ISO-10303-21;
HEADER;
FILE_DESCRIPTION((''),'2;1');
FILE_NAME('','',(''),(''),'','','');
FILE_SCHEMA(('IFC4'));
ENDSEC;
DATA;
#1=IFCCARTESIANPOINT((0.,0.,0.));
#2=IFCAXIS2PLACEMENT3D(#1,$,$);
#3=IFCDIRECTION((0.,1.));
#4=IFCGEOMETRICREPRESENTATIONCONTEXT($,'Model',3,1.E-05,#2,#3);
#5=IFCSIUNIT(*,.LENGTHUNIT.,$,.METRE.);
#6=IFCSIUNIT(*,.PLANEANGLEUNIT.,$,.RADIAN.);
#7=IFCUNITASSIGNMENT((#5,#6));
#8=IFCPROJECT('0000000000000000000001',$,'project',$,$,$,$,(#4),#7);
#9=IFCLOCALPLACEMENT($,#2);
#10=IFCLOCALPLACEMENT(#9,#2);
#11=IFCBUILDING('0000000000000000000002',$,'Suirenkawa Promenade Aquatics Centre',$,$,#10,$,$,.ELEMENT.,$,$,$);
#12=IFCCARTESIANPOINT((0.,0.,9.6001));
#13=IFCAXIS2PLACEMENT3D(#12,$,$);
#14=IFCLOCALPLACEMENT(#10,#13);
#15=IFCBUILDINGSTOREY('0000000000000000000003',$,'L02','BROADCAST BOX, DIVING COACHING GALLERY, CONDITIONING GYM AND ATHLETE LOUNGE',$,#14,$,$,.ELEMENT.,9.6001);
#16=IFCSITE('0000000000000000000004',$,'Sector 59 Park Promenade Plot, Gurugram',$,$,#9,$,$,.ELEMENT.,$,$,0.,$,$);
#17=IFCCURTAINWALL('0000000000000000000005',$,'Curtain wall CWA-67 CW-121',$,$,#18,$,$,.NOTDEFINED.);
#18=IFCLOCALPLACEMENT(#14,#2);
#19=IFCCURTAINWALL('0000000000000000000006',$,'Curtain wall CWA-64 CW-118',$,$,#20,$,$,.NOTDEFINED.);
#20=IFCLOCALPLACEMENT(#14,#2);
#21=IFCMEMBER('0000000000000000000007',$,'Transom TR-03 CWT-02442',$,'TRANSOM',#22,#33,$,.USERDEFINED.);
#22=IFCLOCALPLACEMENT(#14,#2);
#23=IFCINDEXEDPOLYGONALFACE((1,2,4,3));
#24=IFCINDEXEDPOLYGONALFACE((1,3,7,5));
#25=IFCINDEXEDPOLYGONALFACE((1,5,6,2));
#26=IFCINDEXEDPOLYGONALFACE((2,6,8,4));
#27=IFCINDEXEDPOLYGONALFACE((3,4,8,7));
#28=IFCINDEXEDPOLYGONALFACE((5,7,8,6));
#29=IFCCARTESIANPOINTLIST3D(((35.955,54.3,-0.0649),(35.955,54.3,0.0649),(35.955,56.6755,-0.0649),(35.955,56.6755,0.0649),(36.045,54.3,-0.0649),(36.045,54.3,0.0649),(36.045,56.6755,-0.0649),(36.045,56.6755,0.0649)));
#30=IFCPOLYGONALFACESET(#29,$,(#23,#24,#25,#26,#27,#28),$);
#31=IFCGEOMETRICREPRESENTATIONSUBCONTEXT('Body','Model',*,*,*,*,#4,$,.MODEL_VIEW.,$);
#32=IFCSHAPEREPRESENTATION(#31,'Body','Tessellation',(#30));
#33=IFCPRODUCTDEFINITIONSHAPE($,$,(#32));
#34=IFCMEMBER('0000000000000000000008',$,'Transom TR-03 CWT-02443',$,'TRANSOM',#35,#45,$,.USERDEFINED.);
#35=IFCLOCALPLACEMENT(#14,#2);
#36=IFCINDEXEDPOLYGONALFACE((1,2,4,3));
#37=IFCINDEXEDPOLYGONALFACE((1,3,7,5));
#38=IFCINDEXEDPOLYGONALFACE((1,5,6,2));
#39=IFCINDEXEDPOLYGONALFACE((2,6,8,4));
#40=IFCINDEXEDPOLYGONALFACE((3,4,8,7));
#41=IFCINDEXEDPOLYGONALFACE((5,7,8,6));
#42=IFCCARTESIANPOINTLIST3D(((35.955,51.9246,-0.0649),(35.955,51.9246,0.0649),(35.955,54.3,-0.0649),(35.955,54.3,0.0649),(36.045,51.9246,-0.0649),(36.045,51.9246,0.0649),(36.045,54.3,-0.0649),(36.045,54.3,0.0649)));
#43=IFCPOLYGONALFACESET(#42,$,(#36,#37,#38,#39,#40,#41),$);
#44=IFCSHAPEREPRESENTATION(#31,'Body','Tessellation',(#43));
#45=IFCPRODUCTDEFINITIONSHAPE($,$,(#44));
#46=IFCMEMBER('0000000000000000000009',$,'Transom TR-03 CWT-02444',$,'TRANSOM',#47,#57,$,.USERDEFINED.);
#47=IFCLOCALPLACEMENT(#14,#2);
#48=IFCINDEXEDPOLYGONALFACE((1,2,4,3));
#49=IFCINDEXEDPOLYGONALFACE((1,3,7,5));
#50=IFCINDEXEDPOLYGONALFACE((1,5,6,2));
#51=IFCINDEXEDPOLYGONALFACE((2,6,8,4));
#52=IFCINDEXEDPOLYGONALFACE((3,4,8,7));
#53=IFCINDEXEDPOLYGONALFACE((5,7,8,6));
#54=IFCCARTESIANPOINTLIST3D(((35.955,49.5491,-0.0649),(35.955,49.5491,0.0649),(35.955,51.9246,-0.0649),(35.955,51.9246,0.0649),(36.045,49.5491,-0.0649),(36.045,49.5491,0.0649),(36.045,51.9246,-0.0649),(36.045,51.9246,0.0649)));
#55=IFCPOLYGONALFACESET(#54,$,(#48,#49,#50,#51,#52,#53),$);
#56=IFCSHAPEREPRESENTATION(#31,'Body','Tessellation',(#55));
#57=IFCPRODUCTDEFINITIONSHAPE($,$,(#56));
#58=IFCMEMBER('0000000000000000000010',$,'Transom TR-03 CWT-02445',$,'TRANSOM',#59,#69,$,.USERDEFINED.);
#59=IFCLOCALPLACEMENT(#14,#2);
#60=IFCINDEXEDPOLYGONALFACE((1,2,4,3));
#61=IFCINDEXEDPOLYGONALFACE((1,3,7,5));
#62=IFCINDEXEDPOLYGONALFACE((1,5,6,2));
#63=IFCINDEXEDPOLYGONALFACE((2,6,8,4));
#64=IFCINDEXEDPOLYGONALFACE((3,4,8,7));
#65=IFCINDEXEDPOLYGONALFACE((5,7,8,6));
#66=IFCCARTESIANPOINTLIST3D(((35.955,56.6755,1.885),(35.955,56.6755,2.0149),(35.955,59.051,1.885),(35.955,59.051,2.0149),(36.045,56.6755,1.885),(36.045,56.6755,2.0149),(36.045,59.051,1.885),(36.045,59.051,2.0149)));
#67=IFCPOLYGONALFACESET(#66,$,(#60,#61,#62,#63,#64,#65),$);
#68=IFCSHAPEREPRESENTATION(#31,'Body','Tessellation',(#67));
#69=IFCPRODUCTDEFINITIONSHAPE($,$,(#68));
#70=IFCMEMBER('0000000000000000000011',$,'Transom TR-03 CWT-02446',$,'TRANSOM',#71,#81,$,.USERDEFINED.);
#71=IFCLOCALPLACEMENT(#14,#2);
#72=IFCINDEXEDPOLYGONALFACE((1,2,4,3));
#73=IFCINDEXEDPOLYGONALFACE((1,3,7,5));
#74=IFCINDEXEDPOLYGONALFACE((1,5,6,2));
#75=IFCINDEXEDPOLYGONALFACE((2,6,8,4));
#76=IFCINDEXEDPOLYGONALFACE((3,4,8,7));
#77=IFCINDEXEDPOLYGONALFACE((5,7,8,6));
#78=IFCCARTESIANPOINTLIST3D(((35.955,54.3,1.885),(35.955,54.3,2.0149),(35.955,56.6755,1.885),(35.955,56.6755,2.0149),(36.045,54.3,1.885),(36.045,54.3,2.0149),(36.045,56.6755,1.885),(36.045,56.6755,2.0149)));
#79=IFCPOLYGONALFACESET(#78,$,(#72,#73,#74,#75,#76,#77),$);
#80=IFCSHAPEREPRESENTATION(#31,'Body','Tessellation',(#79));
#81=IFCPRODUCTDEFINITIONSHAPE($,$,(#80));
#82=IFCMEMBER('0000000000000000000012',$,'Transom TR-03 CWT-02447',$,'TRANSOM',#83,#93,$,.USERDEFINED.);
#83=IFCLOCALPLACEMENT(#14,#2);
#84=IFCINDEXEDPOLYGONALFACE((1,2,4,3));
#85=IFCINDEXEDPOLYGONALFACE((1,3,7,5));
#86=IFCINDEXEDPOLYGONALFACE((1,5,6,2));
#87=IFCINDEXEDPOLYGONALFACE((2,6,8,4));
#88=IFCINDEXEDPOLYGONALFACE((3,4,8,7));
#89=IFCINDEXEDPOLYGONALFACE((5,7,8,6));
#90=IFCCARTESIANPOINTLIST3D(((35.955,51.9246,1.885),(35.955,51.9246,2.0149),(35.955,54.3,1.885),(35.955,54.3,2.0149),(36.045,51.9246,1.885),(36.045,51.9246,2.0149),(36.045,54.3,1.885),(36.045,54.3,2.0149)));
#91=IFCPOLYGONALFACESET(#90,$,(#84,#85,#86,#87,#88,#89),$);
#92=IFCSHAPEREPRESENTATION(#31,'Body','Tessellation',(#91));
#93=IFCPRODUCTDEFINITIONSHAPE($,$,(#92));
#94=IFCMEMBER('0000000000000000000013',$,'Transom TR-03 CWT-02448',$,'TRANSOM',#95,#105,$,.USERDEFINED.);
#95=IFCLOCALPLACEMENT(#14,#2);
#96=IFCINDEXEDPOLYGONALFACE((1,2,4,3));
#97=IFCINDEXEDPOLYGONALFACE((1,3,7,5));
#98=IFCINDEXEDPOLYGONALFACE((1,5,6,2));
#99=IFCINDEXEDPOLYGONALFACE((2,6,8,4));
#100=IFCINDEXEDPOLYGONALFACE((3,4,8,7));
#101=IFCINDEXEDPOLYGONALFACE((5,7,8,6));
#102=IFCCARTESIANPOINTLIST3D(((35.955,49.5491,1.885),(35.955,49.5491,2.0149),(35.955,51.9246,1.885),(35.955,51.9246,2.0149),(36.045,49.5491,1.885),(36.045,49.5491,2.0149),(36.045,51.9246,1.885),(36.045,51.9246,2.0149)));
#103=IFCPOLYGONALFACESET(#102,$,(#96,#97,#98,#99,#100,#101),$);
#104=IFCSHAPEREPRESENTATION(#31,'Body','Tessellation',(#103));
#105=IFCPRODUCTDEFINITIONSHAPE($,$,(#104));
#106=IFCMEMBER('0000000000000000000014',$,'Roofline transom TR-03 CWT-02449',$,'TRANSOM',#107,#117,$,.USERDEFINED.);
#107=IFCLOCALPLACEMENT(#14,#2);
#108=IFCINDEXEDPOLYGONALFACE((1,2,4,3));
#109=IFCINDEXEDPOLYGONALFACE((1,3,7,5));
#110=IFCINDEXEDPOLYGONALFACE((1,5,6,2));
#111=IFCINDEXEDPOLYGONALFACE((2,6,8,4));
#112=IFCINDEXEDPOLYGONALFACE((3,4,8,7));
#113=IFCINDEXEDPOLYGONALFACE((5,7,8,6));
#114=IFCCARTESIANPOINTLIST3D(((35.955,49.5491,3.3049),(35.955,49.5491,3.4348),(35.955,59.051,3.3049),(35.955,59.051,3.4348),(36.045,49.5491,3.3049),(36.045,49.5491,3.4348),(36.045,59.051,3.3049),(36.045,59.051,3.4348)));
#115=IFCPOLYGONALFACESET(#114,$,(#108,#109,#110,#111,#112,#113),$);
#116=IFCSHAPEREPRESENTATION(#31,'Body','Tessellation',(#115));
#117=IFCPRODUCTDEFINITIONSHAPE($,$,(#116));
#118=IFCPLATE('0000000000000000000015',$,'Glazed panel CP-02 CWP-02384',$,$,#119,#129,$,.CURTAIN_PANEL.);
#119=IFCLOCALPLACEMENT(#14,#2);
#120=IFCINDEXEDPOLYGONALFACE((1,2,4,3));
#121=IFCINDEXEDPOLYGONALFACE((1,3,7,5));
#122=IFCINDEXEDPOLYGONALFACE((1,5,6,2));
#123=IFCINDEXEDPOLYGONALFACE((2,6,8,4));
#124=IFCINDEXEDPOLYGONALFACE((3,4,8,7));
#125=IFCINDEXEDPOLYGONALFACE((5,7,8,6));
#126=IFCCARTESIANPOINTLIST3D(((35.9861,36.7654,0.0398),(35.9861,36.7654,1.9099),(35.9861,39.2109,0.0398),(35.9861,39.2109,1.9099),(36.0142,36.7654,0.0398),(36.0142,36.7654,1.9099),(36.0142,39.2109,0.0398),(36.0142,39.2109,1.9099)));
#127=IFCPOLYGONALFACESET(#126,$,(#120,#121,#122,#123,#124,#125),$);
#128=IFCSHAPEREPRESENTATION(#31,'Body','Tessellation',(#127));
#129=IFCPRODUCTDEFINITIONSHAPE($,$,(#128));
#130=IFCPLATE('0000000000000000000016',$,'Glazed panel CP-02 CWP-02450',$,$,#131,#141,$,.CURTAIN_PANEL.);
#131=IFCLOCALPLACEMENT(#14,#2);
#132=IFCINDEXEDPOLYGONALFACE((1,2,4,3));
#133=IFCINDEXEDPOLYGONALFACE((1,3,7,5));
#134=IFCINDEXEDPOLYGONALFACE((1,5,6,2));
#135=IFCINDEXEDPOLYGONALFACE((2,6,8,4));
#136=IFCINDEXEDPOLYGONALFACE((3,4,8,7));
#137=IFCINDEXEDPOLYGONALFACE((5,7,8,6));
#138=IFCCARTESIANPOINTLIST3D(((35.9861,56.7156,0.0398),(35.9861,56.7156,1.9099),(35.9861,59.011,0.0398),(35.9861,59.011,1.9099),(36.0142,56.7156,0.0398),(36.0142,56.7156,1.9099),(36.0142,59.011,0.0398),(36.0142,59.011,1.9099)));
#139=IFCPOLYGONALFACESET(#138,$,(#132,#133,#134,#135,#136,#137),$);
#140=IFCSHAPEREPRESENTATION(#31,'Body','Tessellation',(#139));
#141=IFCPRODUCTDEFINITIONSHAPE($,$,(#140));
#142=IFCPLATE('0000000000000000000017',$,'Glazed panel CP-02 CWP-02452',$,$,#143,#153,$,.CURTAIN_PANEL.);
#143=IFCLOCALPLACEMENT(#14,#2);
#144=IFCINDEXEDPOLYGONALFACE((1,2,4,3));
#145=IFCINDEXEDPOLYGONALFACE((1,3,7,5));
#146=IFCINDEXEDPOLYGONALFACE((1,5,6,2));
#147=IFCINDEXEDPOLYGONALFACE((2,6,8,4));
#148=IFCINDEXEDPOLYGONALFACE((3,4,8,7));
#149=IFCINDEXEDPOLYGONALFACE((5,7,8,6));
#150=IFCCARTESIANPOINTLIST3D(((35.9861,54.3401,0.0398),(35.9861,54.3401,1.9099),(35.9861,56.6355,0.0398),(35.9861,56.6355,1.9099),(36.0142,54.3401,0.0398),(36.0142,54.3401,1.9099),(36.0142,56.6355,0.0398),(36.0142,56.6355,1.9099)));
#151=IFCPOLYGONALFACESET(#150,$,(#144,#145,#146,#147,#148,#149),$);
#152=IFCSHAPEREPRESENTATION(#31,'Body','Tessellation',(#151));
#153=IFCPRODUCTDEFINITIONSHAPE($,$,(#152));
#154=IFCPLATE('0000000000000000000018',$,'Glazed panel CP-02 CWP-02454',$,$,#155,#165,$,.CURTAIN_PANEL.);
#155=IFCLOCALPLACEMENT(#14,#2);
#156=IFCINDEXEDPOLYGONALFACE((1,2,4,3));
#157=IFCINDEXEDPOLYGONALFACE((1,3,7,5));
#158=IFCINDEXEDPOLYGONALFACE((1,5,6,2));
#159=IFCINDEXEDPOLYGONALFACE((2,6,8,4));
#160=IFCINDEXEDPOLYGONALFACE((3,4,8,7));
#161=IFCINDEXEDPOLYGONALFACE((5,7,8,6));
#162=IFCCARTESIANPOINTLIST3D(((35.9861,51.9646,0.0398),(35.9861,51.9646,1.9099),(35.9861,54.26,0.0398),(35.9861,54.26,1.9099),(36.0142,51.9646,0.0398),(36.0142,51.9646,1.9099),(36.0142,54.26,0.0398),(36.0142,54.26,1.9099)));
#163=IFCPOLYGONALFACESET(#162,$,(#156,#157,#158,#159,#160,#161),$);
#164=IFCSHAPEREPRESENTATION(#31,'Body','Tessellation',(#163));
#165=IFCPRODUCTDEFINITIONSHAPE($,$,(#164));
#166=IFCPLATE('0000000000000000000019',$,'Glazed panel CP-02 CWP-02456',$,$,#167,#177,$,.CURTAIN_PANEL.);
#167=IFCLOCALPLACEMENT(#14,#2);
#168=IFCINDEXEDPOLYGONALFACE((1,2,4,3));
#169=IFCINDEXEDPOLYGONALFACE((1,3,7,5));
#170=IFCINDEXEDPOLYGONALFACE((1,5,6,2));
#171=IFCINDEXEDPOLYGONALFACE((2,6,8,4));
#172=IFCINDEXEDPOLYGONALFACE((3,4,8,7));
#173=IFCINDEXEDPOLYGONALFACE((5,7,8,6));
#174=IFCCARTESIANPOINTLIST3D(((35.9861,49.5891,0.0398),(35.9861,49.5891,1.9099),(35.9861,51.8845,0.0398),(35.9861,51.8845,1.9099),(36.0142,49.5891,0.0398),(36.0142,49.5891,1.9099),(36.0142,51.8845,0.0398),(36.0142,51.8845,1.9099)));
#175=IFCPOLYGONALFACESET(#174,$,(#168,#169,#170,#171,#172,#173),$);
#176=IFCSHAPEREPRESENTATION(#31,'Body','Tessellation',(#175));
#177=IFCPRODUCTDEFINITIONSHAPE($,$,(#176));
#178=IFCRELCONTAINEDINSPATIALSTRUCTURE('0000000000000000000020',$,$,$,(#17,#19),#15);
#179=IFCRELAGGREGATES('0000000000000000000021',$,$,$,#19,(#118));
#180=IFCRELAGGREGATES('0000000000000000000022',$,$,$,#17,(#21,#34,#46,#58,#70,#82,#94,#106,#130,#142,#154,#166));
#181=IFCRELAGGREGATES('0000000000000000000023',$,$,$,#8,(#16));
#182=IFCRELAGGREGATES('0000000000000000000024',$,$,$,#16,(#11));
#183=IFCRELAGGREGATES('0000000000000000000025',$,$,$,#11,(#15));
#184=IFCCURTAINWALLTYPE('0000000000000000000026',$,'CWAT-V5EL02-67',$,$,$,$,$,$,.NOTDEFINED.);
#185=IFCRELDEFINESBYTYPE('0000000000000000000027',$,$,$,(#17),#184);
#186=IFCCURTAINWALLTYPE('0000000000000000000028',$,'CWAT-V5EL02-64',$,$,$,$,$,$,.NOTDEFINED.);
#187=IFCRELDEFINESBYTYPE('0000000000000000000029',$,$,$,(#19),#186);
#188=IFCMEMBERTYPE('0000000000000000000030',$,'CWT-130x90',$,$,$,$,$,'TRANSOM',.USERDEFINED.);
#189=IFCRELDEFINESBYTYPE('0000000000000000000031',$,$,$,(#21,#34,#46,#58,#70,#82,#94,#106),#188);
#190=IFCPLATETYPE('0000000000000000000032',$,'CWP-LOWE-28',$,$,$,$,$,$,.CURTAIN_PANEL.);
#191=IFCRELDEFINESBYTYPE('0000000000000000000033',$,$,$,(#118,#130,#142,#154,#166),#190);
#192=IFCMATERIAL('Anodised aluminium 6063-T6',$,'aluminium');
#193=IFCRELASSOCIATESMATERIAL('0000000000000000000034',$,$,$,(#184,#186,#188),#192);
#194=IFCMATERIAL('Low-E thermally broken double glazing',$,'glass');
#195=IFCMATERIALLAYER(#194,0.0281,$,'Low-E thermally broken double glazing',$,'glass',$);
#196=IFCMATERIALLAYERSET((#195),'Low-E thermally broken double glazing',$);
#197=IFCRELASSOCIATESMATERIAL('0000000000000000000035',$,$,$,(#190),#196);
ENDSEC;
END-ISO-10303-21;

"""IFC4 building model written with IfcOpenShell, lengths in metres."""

from ifc_helpers import new_model, si_unit, direction, frame, origin, origin_2d, place, context, subcontext, project, spatial, polyline, rectangle, outline, extrude, material, layer, layer_set, material_profile, profile_set, type_object, element, aggregate, save


model = new_model("IFC4")

# Units and contexts
model_context = context("Model", 3, precision=1e-05, world=origin(), true_north=direction((0.0, 1.0)))
body_context = subcontext(model_context, "Body", "Model", "MODEL_VIEW")
ifc_project = project(units=[si_unit("LENGTHUNIT", "METRE"), si_unit("PLANEANGLEUNIT", "RADIAN")], contexts=[model_context])

# Site, building, storey
site_placement = place(None, origin())
site = spatial("IfcSite", under=ifc_project, at=site_placement, Name="Sector 59 Park Promenade Plot, Gurugram", CompositionType="ELEMENT", RefElevation=0.0)
building_placement = place(site_placement, origin())
building = spatial("IfcBuilding", under=site, at=building_placement, Name="Suirenkawa Promenade Aquatics Centre", CompositionType="ELEMENT")
storey_placement = place(building_placement, frame((0.0, 0.0, 9.6001)))
storey = spatial("IfcBuildingStorey", under=building, at=storey_placement, Name="L02", Description="BROADCAST BOX, DIVING COACHING GALLERY, CONDITIONING GYM AND ATHLETE LOUNGE", CompositionType="ELEMENT", Elevation=9.6001)

# Curtain wall
ifc_material_1 = material(Name="Anodised aluminium 6063-T6", Category="aluminium")
curtain_wall_type_1 = type_object("IfcCurtainWallType", Name="CWAT-V5EL02-67", PredefinedType="NOTDEFINED", material=ifc_material_1)
curtain_wall_1_placement = place(storey_placement, origin())
curtain_wall_1 = element("IfcCurtainWall", 1, at=curtain_wall_1_placement, inside=storey, type_object=curtain_wall_type_1, Name="Curtain wall CWA-67 CW-121", PredefinedType="NOTDEFINED")

# Curtain wall
curtain_wall_type_2 = type_object("IfcCurtainWallType", Name="CWAT-V5EL02-64", PredefinedType="NOTDEFINED", material=ifc_material_1)
curtain_wall_2_placement = place(storey_placement, origin())
curtain_wall_2 = element("IfcCurtainWall", 2, at=curtain_wall_2_placement, inside=storey, type_object=curtain_wall_type_2, Name="Curtain wall CWA-64 CW-118", PredefinedType="NOTDEFINED")
ifc_material_profile_1 = material_profile(ifc_material_1, rectangle(XDim=0.0901, YDim=0.1299, at=origin_2d()), Name="ALU TRAN 90x130", Category="aluminium")
ifc_profile_set_1 = profile_set([ifc_material_profile_1], Name="Anodised aluminium 6063-T6")
member_type_1 = type_object("IfcMemberType", Name="CWT-130x90", ElementType="TRANSOM", PredefinedType="USERDEFINED", material=ifc_profile_set_1)

# Members
member_1_placement = place(storey_placement, frame((36.0, 56.6755, 0.0), z_axis=(0.0, -1.0, 0.0), x_axis=(1.0, 0.0, 0.0)))
member_1 = element("IfcMember", 3, at=member_1_placement, type_object=member_type_1, Name="Transom TR-03 CWT-02442", ObjectType="TRANSOM", PredefinedType="USERDEFINED", context=body_context, shape_type="SweptSolid", body=[
    extrude(rectangle(XDim=0.0901, YDim=0.1299, at=origin_2d()), origin(), (0.0, 0.0, 1.0), 2.3755),
])
member_2_placement = place(storey_placement, frame((36.0, 54.3, 0.0), z_axis=(0.0, -1.0, 0.0), x_axis=(1.0, 0.0, 0.0)))
member_2 = element("IfcMember", 4, at=member_2_placement, type_object=member_type_1, Name="Transom TR-03 CWT-02443", ObjectType="TRANSOM", PredefinedType="USERDEFINED", context=body_context, shape_type="SweptSolid", body=[
    extrude(rectangle(XDim=0.0901, YDim=0.1299, at=origin_2d()), origin(), (0.0, 0.0, 1.0), 2.3755),
])
member_3_placement = place(storey_placement, frame((36.0, 51.9246, 0.0), z_axis=(0.0, -1.0, 0.0), x_axis=(1.0, 0.0, 0.0)))
member_3 = element("IfcMember", 5, at=member_3_placement, type_object=member_type_1, Name="Transom TR-03 CWT-02444", ObjectType="TRANSOM", PredefinedType="USERDEFINED", context=body_context, shape_type="SweptSolid", body=[
    extrude(rectangle(XDim=0.0901, YDim=0.1299, at=origin_2d()), origin(), (0.0, 0.0, 1.0), 2.3755),
])
member_4_placement = place(storey_placement, frame((36.0, 59.051, 1.95), z_axis=(0.0, -1.0, 0.0), x_axis=(1.0, 0.0, 0.0)))
member_4 = element("IfcMember", 6, at=member_4_placement, type_object=member_type_1, Name="Transom TR-03 CWT-02445", ObjectType="TRANSOM", PredefinedType="USERDEFINED", context=body_context, shape_type="SweptSolid", body=[
    extrude(rectangle(XDim=0.0901, YDim=0.1299, at=origin_2d()), origin(), (0.0, 0.0, 1.0), 2.3755),
])
member_5_placement = place(storey_placement, frame((36.0, 56.6755, 1.95), z_axis=(0.0, -1.0, 0.0), x_axis=(1.0, 0.0, 0.0)))
member_5 = element("IfcMember", 7, at=member_5_placement, type_object=member_type_1, Name="Transom TR-03 CWT-02446", ObjectType="TRANSOM", PredefinedType="USERDEFINED", context=body_context, shape_type="SweptSolid", body=[
    extrude(rectangle(XDim=0.0901, YDim=0.1299, at=origin_2d()), origin(), (0.0, 0.0, 1.0), 2.3755),
])
member_6_placement = place(storey_placement, frame((36.0, 54.3, 1.95), z_axis=(0.0, -1.0, 0.0), x_axis=(1.0, 0.0, 0.0)))
member_6 = element("IfcMember", 8, at=member_6_placement, type_object=member_type_1, Name="Transom TR-03 CWT-02447", ObjectType="TRANSOM", PredefinedType="USERDEFINED", context=body_context, shape_type="SweptSolid", body=[
    extrude(rectangle(XDim=0.0901, YDim=0.1299, at=origin_2d()), origin(), (0.0, 0.0, 1.0), 2.3755),
])
member_7_placement = place(storey_placement, frame((36.0, 51.9246, 1.95), z_axis=(0.0, -1.0, 0.0), x_axis=(1.0, 0.0, 0.0)))
member_7 = element("IfcMember", 9, at=member_7_placement, type_object=member_type_1, Name="Transom TR-03 CWT-02448", ObjectType="TRANSOM", PredefinedType="USERDEFINED", context=body_context, shape_type="SweptSolid", body=[
    extrude(rectangle(XDim=0.0901, YDim=0.1299, at=origin_2d()), origin(), (0.0, 0.0, 1.0), 2.3755),
])
member_8_placement = place(storey_placement, frame((36.0, 59.051, 3.3699), z_axis=(0.0, -1.0, 0.0), x_axis=(1.0, 0.0, 0.0)))
member_8 = element("IfcMember", 10, at=member_8_placement, type_object=member_type_1, Name="Roofline transom TR-03 CWT-02449", ObjectType="TRANSOM", PredefinedType="USERDEFINED", context=body_context, shape_type="SweptSolid", body=[
    extrude(rectangle(XDim=0.0901, YDim=0.1299, at=origin_2d()), origin(), (0.0, 0.0, 1.0), 9.502),
])

# Plates
ifc_material_2 = material(Name="Low-E thermally broken double glazing", Category="glass")
ifc_layer_1 = layer(ifc_material_2, 0.0281, Name="Low-E thermally broken double glazing", Category="glass")
ifc_layer_set_1 = layer_set([ifc_layer_1], Name="Low-E thermally broken double glazing")
plate_type = type_object("IfcPlateType", Name="CWP-LOWE-28", PredefinedType="CURTAIN_PANEL", material=ifc_layer_set_1)
plate_1_placement = place(storey_placement, frame((36.0, 39.251, 0.0398), z_axis=(0.0, 0.0, 1.0), x_axis=(0.0, -1.0, 0.0)))
plate_1 = element("IfcPlate", 11, at=plate_1_placement, type_object=plate_type, Name="Glazed panel CP-02 CWP-02384", PredefinedType="CURTAIN_PANEL", context=body_context, shape_type="SweptSolid", body=[
    extrude(outline(polyline([(0.04, 0.0), (2.4856, 0.0), (2.4856, 1.8701), (0.04, 1.8701), (0.04, 0.0)])), frame((0.0, 0.0142, 0.0), z_axis=(0.0, -1.0, 0.0), x_axis=(1.0, 0.0, 0.0)), (0.0, 0.0, 1.0), 0.0281),
])
aggregate(curtain_wall_2, [plate_1])
plate_2_placement = place(storey_placement, frame((36.0, 59.051, 0.0398), z_axis=(0.0, 0.0, 1.0), x_axis=(0.0, -1.0, 0.0)))
plate_2 = element("IfcPlate", 12, at=plate_2_placement, type_object=plate_type, Name="Glazed panel CP-02 CWP-02450", PredefinedType="CURTAIN_PANEL", context=body_context, shape_type="SweptSolid", body=[
    extrude(outline(polyline([(0.04, 0.0), (2.3354, 0.0), (2.3354, 1.8701), (0.04, 1.8701), (0.04, 0.0)])), frame((0.0, 0.0142, 0.0), z_axis=(0.0, -1.0, 0.0), x_axis=(1.0, 0.0, 0.0)), (0.0, 0.0, 1.0), 0.0281),
])
plate_3_placement = place(storey_placement, frame((36.0, 56.6755, 0.0398), z_axis=(0.0, 0.0, 1.0), x_axis=(0.0, -1.0, 0.0)))
plate_3 = element("IfcPlate", 13, at=plate_3_placement, type_object=plate_type, Name="Glazed panel CP-02 CWP-02452", PredefinedType="CURTAIN_PANEL", context=body_context, shape_type="SweptSolid", body=[
    extrude(outline(polyline([(0.04, 0.0), (2.3354, 0.0), (2.3354, 1.8701), (0.04, 1.8701), (0.04, 0.0)])), frame((0.0, 0.0142, 0.0), z_axis=(0.0, -1.0, 0.0), x_axis=(1.0, 0.0, 0.0)), (0.0, 0.0, 1.0), 0.0281),
])
plate_4_placement = place(storey_placement, frame((36.0, 54.3, 0.0398), z_axis=(0.0, 0.0, 1.0), x_axis=(0.0, -1.0, 0.0)))
plate_4 = element("IfcPlate", 14, at=plate_4_placement, type_object=plate_type, Name="Glazed panel CP-02 CWP-02454", PredefinedType="CURTAIN_PANEL", context=body_context, shape_type="SweptSolid", body=[
    extrude(outline(polyline([(0.04, 0.0), (2.3354, 0.0), (2.3354, 1.8701), (0.04, 1.8701), (0.04, 0.0)])), frame((0.0, 0.0142, 0.0), z_axis=(0.0, -1.0, 0.0), x_axis=(1.0, 0.0, 0.0)), (0.0, 0.0, 1.0), 0.0281),
])
plate_5_placement = place(storey_placement, frame((36.0, 51.9246, 0.0398), z_axis=(0.0, 0.0, 1.0), x_axis=(0.0, -1.0, 0.0)))
plate_5 = element("IfcPlate", 15, at=plate_5_placement, type_object=plate_type, Name="Glazed panel CP-02 CWP-02456", PredefinedType="CURTAIN_PANEL", context=body_context, shape_type="SweptSolid", body=[
    extrude(outline(polyline([(0.04, 0.0), (2.3354, 0.0), (2.3354, 1.8701), (0.04, 1.8701), (0.04, 0.0)])), frame((0.0, 0.0142, 0.0), z_axis=(0.0, -1.0, 0.0), x_axis=(1.0, 0.0, 0.0)), (0.0, 0.0, 1.0), 0.0281),
])
aggregate(curtain_wall_1, [member_1, member_2, member_3, member_4, member_5, member_6, member_7, member_8, plate_2, plate_3, plate_4, plate_5])

save(model, "model.ifc")
